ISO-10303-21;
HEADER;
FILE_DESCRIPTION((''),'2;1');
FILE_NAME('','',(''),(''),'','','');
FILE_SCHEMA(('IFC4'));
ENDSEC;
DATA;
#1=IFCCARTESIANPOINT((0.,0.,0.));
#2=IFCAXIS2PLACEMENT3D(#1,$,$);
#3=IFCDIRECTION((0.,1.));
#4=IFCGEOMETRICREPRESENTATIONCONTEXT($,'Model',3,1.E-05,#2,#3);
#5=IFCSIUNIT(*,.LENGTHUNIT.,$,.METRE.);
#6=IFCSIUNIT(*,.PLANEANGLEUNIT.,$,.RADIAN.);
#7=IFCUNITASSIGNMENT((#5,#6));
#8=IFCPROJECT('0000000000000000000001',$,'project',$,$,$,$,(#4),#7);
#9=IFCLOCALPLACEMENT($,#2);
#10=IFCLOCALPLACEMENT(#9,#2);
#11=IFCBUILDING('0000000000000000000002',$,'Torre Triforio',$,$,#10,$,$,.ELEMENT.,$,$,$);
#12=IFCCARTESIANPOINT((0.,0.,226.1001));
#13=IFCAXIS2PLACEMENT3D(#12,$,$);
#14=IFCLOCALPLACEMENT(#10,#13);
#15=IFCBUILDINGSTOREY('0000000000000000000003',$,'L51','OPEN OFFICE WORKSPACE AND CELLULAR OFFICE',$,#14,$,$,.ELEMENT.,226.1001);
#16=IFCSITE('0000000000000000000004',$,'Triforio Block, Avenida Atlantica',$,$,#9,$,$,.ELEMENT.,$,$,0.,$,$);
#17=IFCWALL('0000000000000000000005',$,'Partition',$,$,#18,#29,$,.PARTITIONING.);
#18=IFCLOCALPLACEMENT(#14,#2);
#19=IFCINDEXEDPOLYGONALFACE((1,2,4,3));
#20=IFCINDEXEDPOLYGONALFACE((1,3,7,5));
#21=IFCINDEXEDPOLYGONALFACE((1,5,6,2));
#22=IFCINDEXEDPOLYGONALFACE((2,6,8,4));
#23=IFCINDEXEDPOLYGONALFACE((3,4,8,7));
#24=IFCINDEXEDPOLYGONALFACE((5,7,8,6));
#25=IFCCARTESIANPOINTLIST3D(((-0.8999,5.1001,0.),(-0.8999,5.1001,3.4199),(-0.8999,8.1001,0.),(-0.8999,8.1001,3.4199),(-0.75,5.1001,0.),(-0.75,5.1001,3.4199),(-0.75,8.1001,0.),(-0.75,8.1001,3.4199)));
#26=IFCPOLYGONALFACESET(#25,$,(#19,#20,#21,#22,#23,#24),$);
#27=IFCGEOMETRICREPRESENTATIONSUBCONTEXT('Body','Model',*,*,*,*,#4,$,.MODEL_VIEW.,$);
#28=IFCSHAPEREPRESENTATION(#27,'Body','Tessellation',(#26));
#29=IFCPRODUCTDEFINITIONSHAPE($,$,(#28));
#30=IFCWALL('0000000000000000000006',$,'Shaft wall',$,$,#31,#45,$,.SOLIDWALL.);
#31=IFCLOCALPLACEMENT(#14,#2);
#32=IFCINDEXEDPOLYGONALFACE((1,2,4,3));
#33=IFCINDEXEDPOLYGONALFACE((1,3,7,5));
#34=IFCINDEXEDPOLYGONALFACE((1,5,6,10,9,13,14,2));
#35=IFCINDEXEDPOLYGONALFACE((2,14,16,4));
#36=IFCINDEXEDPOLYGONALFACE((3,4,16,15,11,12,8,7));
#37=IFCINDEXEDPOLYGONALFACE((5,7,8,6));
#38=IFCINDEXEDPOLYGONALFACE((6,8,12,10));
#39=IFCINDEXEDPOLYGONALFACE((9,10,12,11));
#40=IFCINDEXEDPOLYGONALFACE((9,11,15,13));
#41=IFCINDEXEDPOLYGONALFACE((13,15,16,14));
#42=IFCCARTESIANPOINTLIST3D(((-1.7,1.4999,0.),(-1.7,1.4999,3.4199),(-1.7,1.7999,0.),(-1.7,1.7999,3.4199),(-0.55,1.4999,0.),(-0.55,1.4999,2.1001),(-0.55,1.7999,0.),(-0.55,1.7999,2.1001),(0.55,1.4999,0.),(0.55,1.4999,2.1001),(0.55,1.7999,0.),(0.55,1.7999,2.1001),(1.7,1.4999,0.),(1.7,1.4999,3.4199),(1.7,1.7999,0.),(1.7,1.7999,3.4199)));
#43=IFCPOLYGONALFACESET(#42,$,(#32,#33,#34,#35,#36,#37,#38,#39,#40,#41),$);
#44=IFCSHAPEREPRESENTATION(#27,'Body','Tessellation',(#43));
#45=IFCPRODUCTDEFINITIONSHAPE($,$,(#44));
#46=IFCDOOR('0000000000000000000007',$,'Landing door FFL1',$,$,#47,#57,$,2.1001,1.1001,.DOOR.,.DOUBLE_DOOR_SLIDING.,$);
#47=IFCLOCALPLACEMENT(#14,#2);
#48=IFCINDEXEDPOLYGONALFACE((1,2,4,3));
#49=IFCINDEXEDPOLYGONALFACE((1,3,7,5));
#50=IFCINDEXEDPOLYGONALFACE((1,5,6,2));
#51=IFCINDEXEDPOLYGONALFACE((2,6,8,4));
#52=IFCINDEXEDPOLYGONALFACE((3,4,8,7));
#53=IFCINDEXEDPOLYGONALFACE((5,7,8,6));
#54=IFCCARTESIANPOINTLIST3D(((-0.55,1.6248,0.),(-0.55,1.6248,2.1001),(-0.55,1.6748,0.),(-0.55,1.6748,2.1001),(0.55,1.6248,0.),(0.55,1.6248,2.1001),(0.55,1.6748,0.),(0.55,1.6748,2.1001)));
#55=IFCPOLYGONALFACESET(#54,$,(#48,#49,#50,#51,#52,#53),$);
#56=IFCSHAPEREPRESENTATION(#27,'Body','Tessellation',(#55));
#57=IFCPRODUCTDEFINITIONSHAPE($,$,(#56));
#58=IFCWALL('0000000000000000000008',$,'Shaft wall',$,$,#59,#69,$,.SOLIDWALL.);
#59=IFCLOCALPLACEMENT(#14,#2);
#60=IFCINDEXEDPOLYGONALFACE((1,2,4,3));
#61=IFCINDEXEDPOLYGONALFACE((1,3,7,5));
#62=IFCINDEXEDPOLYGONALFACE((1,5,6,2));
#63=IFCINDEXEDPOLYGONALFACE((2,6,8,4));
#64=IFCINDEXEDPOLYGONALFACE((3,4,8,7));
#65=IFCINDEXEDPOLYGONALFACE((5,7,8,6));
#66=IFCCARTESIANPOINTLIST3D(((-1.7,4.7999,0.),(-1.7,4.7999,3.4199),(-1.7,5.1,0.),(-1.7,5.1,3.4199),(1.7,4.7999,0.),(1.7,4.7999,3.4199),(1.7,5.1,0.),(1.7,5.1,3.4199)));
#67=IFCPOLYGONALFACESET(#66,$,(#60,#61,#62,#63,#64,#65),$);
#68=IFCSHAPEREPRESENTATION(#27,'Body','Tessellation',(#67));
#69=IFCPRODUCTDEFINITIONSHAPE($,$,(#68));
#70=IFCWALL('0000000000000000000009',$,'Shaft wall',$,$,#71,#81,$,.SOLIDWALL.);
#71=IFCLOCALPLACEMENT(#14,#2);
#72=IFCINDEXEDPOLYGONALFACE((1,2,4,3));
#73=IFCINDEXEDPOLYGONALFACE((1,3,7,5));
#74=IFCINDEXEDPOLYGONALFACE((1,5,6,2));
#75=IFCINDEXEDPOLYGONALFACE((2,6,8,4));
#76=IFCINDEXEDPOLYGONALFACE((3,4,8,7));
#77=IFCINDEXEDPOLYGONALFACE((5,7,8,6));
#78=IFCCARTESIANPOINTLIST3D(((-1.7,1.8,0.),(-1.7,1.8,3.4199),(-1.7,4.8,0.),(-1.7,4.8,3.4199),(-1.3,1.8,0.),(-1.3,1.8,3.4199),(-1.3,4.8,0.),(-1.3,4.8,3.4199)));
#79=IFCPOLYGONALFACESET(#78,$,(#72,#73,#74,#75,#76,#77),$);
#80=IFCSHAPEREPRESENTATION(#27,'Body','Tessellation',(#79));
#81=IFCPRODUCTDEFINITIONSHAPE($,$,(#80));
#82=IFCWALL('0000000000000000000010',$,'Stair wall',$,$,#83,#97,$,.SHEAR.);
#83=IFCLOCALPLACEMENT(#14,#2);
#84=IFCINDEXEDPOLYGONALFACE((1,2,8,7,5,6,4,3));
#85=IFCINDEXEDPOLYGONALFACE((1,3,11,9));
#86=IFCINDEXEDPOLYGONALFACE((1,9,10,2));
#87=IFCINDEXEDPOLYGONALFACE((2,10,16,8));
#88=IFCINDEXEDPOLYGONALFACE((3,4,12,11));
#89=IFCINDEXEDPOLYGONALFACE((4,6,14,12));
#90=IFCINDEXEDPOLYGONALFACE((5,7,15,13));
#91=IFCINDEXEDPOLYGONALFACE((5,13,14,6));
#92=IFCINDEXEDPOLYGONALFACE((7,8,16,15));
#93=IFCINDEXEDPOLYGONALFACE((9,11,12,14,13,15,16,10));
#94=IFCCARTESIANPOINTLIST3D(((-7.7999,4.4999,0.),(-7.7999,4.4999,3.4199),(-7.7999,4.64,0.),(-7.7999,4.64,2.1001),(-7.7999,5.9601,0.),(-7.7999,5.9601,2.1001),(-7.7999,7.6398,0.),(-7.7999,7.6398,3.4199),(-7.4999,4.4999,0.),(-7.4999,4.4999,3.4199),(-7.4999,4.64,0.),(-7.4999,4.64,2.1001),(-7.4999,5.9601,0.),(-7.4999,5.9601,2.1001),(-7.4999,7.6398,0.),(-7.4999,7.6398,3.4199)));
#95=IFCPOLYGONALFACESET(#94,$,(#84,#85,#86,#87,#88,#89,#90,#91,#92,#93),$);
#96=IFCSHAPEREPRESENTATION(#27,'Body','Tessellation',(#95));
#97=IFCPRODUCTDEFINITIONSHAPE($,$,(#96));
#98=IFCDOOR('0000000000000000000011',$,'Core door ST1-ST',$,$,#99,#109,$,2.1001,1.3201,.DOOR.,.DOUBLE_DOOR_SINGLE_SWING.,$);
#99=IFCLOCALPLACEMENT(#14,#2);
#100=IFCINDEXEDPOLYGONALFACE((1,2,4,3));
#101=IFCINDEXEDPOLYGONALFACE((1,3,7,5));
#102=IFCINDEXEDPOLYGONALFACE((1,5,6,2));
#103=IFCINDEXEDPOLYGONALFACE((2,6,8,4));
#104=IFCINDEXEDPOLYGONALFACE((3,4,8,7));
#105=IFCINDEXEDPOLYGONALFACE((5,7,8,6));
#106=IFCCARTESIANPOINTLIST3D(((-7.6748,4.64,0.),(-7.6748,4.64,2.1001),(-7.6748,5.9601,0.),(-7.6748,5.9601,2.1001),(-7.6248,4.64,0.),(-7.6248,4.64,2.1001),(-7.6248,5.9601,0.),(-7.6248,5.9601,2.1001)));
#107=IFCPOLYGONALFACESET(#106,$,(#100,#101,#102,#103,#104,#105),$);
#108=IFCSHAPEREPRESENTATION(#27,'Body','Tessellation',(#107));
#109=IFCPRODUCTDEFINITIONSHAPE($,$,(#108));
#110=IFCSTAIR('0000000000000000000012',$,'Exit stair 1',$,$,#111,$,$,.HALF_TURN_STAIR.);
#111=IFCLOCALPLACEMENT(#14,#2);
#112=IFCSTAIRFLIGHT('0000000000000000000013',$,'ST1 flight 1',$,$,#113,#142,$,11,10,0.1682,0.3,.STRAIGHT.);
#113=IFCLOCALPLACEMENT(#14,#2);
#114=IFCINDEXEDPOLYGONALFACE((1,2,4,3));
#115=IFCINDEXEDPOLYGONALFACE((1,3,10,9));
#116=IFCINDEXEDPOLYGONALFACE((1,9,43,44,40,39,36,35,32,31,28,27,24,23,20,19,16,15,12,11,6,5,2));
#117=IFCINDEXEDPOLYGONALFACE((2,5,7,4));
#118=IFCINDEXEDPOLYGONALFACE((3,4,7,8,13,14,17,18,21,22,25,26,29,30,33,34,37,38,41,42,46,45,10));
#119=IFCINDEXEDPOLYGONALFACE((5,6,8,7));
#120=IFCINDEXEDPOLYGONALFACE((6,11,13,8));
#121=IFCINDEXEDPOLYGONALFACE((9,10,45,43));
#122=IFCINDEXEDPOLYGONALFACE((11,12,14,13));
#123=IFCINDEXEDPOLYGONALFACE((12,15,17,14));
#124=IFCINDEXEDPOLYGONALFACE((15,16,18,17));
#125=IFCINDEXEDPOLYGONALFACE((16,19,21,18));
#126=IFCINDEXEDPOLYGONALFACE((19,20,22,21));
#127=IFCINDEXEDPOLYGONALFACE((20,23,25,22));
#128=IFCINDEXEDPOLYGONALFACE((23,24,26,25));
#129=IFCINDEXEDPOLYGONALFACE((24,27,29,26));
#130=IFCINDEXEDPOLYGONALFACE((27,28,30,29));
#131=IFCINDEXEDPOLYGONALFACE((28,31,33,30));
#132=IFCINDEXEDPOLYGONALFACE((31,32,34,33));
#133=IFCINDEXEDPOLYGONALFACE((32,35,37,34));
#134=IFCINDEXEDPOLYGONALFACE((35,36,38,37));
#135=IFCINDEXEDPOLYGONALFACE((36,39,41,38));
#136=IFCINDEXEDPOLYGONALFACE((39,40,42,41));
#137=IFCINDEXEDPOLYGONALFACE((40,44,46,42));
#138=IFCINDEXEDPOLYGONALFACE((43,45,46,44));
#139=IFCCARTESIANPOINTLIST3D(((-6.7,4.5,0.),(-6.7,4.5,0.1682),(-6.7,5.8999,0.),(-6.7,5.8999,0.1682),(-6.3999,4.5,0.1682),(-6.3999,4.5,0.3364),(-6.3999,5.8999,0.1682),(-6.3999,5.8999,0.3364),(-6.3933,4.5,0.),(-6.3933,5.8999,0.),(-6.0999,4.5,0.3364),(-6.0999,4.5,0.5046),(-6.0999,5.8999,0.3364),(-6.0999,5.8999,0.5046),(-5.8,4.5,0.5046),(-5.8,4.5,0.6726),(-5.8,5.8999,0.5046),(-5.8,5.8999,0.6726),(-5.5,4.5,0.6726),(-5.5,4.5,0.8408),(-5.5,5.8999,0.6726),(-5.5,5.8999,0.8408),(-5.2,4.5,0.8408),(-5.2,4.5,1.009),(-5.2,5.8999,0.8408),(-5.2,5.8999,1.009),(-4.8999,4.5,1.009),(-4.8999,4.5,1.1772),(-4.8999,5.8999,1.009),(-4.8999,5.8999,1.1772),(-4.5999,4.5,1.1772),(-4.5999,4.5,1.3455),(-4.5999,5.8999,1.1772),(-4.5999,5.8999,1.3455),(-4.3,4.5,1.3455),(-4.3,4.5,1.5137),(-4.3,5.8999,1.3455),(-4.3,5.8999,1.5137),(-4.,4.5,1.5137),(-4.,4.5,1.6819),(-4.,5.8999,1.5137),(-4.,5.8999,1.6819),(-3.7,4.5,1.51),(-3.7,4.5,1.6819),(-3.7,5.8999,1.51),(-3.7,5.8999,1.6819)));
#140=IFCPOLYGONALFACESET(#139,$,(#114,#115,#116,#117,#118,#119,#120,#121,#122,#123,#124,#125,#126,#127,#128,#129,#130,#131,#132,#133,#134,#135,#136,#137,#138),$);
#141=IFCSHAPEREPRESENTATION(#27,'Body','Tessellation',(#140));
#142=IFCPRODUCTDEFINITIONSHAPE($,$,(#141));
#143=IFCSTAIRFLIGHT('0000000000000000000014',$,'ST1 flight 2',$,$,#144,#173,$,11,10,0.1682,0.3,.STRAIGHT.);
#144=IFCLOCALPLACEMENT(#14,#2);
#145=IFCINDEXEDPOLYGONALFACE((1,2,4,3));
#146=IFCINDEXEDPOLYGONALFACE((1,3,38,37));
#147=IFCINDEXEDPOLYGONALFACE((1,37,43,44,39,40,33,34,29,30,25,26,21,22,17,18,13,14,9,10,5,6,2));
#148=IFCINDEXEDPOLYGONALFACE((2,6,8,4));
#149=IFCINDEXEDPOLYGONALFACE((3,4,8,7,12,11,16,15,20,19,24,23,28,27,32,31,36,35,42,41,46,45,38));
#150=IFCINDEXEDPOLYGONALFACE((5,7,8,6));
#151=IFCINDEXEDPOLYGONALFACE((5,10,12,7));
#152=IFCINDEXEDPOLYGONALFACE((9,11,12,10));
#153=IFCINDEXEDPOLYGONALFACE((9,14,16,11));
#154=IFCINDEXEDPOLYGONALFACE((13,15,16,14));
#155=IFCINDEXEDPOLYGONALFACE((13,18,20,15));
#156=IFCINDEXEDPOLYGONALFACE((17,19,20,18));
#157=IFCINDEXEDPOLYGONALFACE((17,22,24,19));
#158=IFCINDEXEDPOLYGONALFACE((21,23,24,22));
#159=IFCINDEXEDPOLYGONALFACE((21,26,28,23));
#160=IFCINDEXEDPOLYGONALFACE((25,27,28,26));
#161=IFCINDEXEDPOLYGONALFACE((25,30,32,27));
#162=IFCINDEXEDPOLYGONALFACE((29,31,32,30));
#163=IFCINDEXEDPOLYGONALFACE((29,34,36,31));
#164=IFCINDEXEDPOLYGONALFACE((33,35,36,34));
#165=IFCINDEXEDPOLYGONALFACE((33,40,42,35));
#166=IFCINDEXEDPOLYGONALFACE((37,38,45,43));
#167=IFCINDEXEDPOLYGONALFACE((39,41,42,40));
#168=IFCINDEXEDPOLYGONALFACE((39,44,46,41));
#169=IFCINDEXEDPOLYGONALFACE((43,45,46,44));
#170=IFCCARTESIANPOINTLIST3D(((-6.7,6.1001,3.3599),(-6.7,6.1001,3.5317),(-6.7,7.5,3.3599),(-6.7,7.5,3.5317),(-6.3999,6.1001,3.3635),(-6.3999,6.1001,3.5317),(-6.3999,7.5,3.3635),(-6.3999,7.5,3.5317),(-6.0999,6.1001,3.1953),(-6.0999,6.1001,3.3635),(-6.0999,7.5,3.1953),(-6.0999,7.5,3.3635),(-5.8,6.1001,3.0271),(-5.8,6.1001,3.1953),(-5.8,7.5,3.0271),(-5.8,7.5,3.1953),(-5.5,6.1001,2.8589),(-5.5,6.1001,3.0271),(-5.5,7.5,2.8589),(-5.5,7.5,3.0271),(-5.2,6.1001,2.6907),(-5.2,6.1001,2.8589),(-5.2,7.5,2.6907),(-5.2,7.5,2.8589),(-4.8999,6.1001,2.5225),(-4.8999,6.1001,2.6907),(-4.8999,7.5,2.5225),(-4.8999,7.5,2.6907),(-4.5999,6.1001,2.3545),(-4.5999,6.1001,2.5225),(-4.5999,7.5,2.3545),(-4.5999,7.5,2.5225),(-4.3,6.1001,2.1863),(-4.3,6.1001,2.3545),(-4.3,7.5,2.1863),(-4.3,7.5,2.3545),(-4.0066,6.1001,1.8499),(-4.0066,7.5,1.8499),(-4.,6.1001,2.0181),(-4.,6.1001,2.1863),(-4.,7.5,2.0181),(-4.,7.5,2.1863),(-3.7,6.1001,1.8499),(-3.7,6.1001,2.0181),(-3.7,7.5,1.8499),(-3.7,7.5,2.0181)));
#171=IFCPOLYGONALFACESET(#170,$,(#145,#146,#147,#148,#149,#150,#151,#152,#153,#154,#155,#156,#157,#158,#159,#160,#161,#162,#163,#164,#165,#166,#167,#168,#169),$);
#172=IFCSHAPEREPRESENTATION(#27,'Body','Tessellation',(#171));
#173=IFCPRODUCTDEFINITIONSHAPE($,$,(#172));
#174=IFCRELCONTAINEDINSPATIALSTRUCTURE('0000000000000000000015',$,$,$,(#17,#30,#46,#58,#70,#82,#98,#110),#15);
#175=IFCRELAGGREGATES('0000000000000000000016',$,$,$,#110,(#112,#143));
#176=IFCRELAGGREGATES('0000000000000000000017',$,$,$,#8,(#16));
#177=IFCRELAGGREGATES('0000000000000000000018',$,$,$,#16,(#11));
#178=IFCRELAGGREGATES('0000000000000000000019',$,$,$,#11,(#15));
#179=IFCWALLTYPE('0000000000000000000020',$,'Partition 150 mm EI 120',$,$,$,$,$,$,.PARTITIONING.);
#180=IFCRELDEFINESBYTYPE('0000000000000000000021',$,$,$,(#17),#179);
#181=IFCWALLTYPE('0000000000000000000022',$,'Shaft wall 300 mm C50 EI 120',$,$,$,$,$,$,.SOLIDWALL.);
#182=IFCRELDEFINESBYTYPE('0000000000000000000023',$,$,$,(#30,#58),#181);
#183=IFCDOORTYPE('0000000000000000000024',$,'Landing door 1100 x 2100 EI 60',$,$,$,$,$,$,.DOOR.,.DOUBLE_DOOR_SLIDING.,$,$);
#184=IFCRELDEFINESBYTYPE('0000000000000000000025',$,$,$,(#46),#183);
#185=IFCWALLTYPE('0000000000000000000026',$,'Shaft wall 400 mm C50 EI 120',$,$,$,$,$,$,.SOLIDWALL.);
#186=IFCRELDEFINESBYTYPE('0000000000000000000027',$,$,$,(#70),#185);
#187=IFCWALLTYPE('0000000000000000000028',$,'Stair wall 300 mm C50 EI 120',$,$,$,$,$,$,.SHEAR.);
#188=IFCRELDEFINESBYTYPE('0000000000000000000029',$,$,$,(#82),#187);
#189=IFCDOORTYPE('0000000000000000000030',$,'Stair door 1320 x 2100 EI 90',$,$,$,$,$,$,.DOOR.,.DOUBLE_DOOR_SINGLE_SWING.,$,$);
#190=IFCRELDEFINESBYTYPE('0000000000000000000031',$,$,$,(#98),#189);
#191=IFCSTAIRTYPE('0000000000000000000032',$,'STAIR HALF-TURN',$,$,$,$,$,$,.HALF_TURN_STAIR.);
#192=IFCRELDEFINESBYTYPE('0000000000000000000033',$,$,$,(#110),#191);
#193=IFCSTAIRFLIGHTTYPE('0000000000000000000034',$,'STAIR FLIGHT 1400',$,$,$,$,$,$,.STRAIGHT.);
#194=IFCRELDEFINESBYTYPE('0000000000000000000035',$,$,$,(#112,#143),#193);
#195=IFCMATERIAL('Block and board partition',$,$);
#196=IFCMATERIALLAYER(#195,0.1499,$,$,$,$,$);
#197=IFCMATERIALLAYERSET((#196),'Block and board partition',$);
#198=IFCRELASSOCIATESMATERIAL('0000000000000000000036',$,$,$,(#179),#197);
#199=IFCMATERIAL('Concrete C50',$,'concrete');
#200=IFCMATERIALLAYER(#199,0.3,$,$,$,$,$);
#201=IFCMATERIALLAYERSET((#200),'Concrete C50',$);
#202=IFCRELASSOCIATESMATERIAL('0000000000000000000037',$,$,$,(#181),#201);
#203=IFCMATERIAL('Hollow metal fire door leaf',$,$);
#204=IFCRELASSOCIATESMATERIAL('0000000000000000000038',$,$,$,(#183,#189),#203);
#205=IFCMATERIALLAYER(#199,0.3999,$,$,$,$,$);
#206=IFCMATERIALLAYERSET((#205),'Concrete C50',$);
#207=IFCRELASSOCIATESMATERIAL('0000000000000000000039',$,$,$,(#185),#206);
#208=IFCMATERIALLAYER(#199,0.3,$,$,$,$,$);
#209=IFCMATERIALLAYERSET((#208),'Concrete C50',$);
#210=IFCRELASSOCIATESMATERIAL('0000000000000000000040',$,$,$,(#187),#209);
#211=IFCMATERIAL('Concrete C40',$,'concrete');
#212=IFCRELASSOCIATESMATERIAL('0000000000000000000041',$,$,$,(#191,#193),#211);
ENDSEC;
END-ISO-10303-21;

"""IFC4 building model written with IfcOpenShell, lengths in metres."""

from ifc_helpers import new_model, si_unit, direction, frame, frame_2d, origin, place, context, subcontext, project, spatial, polyline, rectangle, outline, extrude, material, layer, layer_set, type_object, element, fill, aggregate, save


model = new_model("IFC4")

# Units and contexts
model_context = context("Model", 3, precision=1e-05, world=origin(), true_north=direction((0.0, 1.0)))
body_context = subcontext(model_context, "Body", "Model", "MODEL_VIEW")
ifc_project = project(units=[si_unit("LENGTHUNIT", "METRE"), si_unit("PLANEANGLEUNIT", "RADIAN")], contexts=[model_context])

# Site, building, storey
site_placement = place(None, origin())
site = spatial("IfcSite", under=ifc_project, at=site_placement, Name="Triforio Block, Avenida Atlantica", CompositionType="ELEMENT", RefElevation=0.0)
building_placement = place(site_placement, origin())
building = spatial("IfcBuilding", under=site, at=building_placement, Name="Torre Triforio", CompositionType="ELEMENT")
storey_placement = place(building_placement, frame((0.0, 0.0, 226.1001)))
storey = spatial("IfcBuildingStorey", under=building, at=storey_placement, Name="L51", Description="OPEN OFFICE WORKSPACE AND CELLULAR OFFICE", CompositionType="ELEMENT", Elevation=226.1001)

# Shared definitions
ifc_material_1 = material(Name="Concrete C40", Category="concrete")

# Wall
ifc_material_2 = material(Name="Concrete C50", Category="concrete")
ifc_material_3 = material(Name="Block and board partition")
ifc_layer_1 = layer(ifc_material_3, 0.1499)
ifc_layer_set_1 = layer_set([ifc_layer_1], Name="Block and board partition")
wall_type_1 = type_object("IfcWallType", Name="Partition 150 mm EI 120", PredefinedType="PARTITIONING", material=ifc_layer_set_1)
wall_1_placement = place(storey_placement, frame((-0.825, 5.1001, 0.0), z_axis=(0.0, 0.0, 1.0), x_axis=(0.0, 1.0, 0.0)))
element("IfcWall", 1, at=wall_1_placement, inside=storey, type_object=wall_type_1, Name="Partition", PredefinedType="PARTITIONING", context=body_context, shape_type="SweptSolid", body=[
    extrude(rectangle(XDim=3.0, YDim=0.1499, at=frame_2d((1.5, 0.0))), origin(), (0.0, 0.0, 1.0), 3.4199),
])

# Wall, opening, door
ifc_layer_2 = layer(ifc_material_2, 0.3)
ifc_layer_set_2 = layer_set([ifc_layer_2], Name="Concrete C50")
wall_type_2 = type_object("IfcWallType", Name="Shaft wall 300 mm C50 EI 120", PredefinedType="SOLIDWALL", material=ifc_layer_set_2)
wall_2_placement = place(storey_placement, frame((-1.7, 1.6499, 0.0), z_axis=(0.0, 0.0, 1.0), x_axis=(1.0, 0.0, 0.0)))
wall_2 = element("IfcWall", 2, at=wall_2_placement, inside=storey, type_object=wall_type_2, Name="Shaft wall", PredefinedType="SOLIDWALL", context=body_context, shape_type="SweptSolid", body=[
    extrude(rectangle(XDim=3.3999, YDim=0.3, at=frame_2d((1.7, 0.0))), origin(), (0.0, 0.0, 1.0), 3.4199),
])
opening_1_placement = place(wall_2_placement, frame((1.1499, 0.0, 0.0)))
opening_1 = element("IfcOpeningElement", 3, at=opening_1_placement, cuts=wall_2, PredefinedType="OPENING", context=body_context, shape_type="SweptSolid", body=[
    extrude(rectangle(XDim=1.1001, YDim=2.1001, at=frame_2d((0.55, 1.05))), frame((0.0, 0.1599, 0.0), z_axis=(0.0, -1.0, 0.0), x_axis=(1.0, 0.0, 0.0)), (0.0, 0.0, 1.0), 0.3201),
])
ifc_material_4 = material(Name="Hollow metal fire door leaf")
door_type_1 = type_object("IfcDoorType", Name="Landing door 1100 x 2100 EI 60", OperationType="DOUBLE_DOOR_SLIDING", PredefinedType="DOOR", material=ifc_material_4)
door_1_placement = place(opening_1_placement, origin())
door_1 = element("IfcDoor", 4, at=door_1_placement, inside=storey, type_object=door_type_1, Name="Landing door FFL1", OperationType="DOUBLE_DOOR_SLIDING", OverallHeight=2.1001, OverallWidth=1.1001, PredefinedType="DOOR", context=body_context, shape_type="SweptSolid", body=[
    extrude(rectangle(XDim=1.1001, YDim=2.1001, at=frame_2d((0.55, 1.05))), frame((0.0, 0.0249, 0.0), z_axis=(0.0, -1.0, 0.0), x_axis=(1.0, 0.0, 0.0)), (0.0, 0.0, 1.0), 0.05),
])
fill(opening_1, door_1)

# Walls
wall_3_placement = place(storey_placement, frame((-1.7, 4.95, 0.0), z_axis=(0.0, 0.0, 1.0), x_axis=(1.0, 0.0, 0.0)))
element("IfcWall", 5, at=wall_3_placement, inside=storey, type_object=wall_type_2, Name="Shaft wall", PredefinedType="SOLIDWALL", context=body_context, shape_type="SweptSolid", body=[
    extrude(rectangle(XDim=3.3999, YDim=0.3, at=frame_2d((1.7, 0.0))), origin(), (0.0, 0.0, 1.0), 3.4199),
])
ifc_layer_3 = layer(ifc_material_2, 0.3999)
ifc_layer_set_3 = layer_set([ifc_layer_3], Name="Concrete C50")
wall_type_3 = type_object("IfcWallType", Name="Shaft wall 400 mm C50 EI 120", PredefinedType="SOLIDWALL", material=ifc_layer_set_3)
wall_4_placement = place(storey_placement, frame((-1.5, 1.8, 0.0), z_axis=(0.0, 0.0, 1.0), x_axis=(0.0, 1.0, 0.0)))
element("IfcWall", 6, at=wall_4_placement, inside=storey, type_object=wall_type_3, Name="Shaft wall", PredefinedType="SOLIDWALL", context=body_context, shape_type="SweptSolid", body=[
    extrude(rectangle(XDim=3.0, YDim=0.3999, at=frame_2d((1.5, 0.0))), origin(), (0.0, 0.0, 1.0), 3.4199),
])

# Wall, opening, door
ifc_layer_4 = layer(ifc_material_2, 0.3)
ifc_layer_set_4 = layer_set([ifc_layer_4], Name="Concrete C50")
wall_type_4 = type_object("IfcWallType", Name="Stair wall 300 mm C50 EI 120", PredefinedType="SHEAR", material=ifc_layer_set_4)
wall_5_placement = place(storey_placement, frame((-7.6499, 4.5, 0.0), z_axis=(0.0, 0.0, 1.0), x_axis=(0.0, 1.0, 0.0)))
wall_5 = element("IfcWall", 7, at=wall_5_placement, inside=storey, type_object=wall_type_4, Name="Stair wall", PredefinedType="SHEAR", context=body_context, shape_type="SweptSolid", body=[
    extrude(rectangle(XDim=3.1399, YDim=0.3, at=frame_2d((1.5698, 0.0))), origin(), (0.0, 0.0, 1.0), 3.4199),
])
opening_2_placement = place(wall_5_placement, frame((0.1399, 0.0, 0.0)))
opening_2 = element("IfcOpeningElement", 8, at=opening_2_placement, cuts=wall_5, PredefinedType="OPENING", context=body_context, shape_type="SweptSolid", body=[
    extrude(rectangle(XDim=1.3201, YDim=2.1001, at=frame_2d((0.6602, 1.05))), frame((0.0, 0.1599, 0.0), z_axis=(0.0, -1.0, 0.0), x_axis=(1.0, 0.0, 0.0)), (0.0, 0.0, 1.0), 0.3201),
])
door_type_2 = type_object("IfcDoorType", Name="Stair door 1320 x 2100 EI 90", OperationType="DOUBLE_DOOR_SINGLE_SWING", PredefinedType="DOOR", material=ifc_material_4)
door_2_placement = place(opening_2_placement, origin())
door_2 = element("IfcDoor", 9, at=door_2_placement, inside=storey, type_object=door_type_2, Name="Core door ST1-ST", OperationType="DOUBLE_DOOR_SINGLE_SWING", OverallHeight=2.1001, OverallWidth=1.3201, PredefinedType="DOOR", context=body_context, shape_type="SweptSolid", body=[
    extrude(rectangle(XDim=1.3201, YDim=2.1001, at=frame_2d((0.6602, 1.05))), frame((0.0, 0.0249, 0.0), z_axis=(0.0, -1.0, 0.0), x_axis=(1.0, 0.0, 0.0)), (0.0, 0.0, 1.0), 0.05),
])
fill(opening_2, door_2)

# Stair, stair flights
stair_type = type_object("IfcStairType", Name="STAIR HALF-TURN", PredefinedType="HALF_TURN_STAIR", material=ifc_material_1)
stair_placement = place(storey_placement, origin())
stair = element("IfcStair", 10, at=stair_placement, inside=storey, type_object=stair_type, Name="Exit stair 1", PredefinedType="HALF_TURN_STAIR")
stair_flight_type = type_object("IfcStairFlightType", Name="STAIR FLIGHT 1400", PredefinedType="STRAIGHT", material=ifc_material_1)
stair_flight_1_placement = place(storey_placement, frame((-6.7, 5.2, 0.0), z_axis=(0.0, 0.0, 1.0), x_axis=(1.0, 0.0, 0.0)))
stair_flight_1 = element("IfcStairFlight", 11, at=stair_flight_1_placement, type_object=stair_flight_type, Name="ST1 flight 1", NumberOfRisers=11, NumberOfTreads=10, PredefinedType="STRAIGHT", RiserHeight=0.1682, TreadLength=0.3, context=body_context, shape_type="SweptSolid", body=[
    extrude(outline(polyline([(0.0, 0.0), (0.0, 0.1682), (0.3, 0.1682), (0.3, 0.3364), (0.6001, 0.3364), (0.6001, 0.5046), (0.8999, 0.5046), (0.8999, 0.6726), (1.2, 0.6726), (1.2, 0.8408), (1.5, 0.8408), (1.5, 1.009), (1.8, 1.009), (1.8, 1.1772), (2.1001, 1.1772), (2.1001, 1.3455), (2.3999, 1.3455), (2.3999, 1.5137), (2.7, 1.5137), (2.7, 1.6819), (3.0, 1.6819), (3.0, 1.8501), (3.0, 1.51), (0.3066, 0.0), (0.0, 0.0)])), frame((0.0, 0.7, 0.0), z_axis=(0.0, -1.0, 0.0), x_axis=(1.0, 0.0, 0.0)), (0.0, 0.0, 1.0), 1.3999),
])
stair_flight_2_placement = place(storey_placement, frame((-3.7, 6.8, 1.8499), z_axis=(0.0, 0.0, 1.0), x_axis=(-1.0, 0.0, 0.0)))
stair_flight_2 = element("IfcStairFlight", 12, at=stair_flight_2_placement, type_object=stair_flight_type, Name="ST1 flight 2", NumberOfRisers=11, NumberOfTreads=10, PredefinedType="STRAIGHT", RiserHeight=0.1682, TreadLength=0.3, context=body_context, shape_type="SweptSolid", body=[
    extrude(outline(polyline([(0.0, 0.0), (0.0, 0.1682), (0.3, 0.1682), (0.3, 0.3364), (0.6001, 0.3364), (0.6001, 0.5046), (0.8999, 0.5046), (0.8999, 0.6726), (1.2, 0.6726), (1.2, 0.8408), (1.5, 0.8408), (1.5, 1.009), (1.8, 1.009), (1.8, 1.1772), (2.1001, 1.1772), (2.1001, 1.3455), (2.3999, 1.3455), (2.3999, 1.5137), (2.7, 1.5137), (2.7, 1.6819), (3.0, 1.6819), (3.0, 1.8501), (3.0, 1.51), (0.3066, 0.0), (0.0, 0.0)])), frame((0.0, 0.7, 0.0), z_axis=(0.0, -1.0, 0.0), x_axis=(1.0, 0.0, 0.0)), (0.0, 0.0, 1.0), 1.3999),
])
aggregate(stair, [stair_flight_1, stair_flight_2])

save(model, "model.ifc")
